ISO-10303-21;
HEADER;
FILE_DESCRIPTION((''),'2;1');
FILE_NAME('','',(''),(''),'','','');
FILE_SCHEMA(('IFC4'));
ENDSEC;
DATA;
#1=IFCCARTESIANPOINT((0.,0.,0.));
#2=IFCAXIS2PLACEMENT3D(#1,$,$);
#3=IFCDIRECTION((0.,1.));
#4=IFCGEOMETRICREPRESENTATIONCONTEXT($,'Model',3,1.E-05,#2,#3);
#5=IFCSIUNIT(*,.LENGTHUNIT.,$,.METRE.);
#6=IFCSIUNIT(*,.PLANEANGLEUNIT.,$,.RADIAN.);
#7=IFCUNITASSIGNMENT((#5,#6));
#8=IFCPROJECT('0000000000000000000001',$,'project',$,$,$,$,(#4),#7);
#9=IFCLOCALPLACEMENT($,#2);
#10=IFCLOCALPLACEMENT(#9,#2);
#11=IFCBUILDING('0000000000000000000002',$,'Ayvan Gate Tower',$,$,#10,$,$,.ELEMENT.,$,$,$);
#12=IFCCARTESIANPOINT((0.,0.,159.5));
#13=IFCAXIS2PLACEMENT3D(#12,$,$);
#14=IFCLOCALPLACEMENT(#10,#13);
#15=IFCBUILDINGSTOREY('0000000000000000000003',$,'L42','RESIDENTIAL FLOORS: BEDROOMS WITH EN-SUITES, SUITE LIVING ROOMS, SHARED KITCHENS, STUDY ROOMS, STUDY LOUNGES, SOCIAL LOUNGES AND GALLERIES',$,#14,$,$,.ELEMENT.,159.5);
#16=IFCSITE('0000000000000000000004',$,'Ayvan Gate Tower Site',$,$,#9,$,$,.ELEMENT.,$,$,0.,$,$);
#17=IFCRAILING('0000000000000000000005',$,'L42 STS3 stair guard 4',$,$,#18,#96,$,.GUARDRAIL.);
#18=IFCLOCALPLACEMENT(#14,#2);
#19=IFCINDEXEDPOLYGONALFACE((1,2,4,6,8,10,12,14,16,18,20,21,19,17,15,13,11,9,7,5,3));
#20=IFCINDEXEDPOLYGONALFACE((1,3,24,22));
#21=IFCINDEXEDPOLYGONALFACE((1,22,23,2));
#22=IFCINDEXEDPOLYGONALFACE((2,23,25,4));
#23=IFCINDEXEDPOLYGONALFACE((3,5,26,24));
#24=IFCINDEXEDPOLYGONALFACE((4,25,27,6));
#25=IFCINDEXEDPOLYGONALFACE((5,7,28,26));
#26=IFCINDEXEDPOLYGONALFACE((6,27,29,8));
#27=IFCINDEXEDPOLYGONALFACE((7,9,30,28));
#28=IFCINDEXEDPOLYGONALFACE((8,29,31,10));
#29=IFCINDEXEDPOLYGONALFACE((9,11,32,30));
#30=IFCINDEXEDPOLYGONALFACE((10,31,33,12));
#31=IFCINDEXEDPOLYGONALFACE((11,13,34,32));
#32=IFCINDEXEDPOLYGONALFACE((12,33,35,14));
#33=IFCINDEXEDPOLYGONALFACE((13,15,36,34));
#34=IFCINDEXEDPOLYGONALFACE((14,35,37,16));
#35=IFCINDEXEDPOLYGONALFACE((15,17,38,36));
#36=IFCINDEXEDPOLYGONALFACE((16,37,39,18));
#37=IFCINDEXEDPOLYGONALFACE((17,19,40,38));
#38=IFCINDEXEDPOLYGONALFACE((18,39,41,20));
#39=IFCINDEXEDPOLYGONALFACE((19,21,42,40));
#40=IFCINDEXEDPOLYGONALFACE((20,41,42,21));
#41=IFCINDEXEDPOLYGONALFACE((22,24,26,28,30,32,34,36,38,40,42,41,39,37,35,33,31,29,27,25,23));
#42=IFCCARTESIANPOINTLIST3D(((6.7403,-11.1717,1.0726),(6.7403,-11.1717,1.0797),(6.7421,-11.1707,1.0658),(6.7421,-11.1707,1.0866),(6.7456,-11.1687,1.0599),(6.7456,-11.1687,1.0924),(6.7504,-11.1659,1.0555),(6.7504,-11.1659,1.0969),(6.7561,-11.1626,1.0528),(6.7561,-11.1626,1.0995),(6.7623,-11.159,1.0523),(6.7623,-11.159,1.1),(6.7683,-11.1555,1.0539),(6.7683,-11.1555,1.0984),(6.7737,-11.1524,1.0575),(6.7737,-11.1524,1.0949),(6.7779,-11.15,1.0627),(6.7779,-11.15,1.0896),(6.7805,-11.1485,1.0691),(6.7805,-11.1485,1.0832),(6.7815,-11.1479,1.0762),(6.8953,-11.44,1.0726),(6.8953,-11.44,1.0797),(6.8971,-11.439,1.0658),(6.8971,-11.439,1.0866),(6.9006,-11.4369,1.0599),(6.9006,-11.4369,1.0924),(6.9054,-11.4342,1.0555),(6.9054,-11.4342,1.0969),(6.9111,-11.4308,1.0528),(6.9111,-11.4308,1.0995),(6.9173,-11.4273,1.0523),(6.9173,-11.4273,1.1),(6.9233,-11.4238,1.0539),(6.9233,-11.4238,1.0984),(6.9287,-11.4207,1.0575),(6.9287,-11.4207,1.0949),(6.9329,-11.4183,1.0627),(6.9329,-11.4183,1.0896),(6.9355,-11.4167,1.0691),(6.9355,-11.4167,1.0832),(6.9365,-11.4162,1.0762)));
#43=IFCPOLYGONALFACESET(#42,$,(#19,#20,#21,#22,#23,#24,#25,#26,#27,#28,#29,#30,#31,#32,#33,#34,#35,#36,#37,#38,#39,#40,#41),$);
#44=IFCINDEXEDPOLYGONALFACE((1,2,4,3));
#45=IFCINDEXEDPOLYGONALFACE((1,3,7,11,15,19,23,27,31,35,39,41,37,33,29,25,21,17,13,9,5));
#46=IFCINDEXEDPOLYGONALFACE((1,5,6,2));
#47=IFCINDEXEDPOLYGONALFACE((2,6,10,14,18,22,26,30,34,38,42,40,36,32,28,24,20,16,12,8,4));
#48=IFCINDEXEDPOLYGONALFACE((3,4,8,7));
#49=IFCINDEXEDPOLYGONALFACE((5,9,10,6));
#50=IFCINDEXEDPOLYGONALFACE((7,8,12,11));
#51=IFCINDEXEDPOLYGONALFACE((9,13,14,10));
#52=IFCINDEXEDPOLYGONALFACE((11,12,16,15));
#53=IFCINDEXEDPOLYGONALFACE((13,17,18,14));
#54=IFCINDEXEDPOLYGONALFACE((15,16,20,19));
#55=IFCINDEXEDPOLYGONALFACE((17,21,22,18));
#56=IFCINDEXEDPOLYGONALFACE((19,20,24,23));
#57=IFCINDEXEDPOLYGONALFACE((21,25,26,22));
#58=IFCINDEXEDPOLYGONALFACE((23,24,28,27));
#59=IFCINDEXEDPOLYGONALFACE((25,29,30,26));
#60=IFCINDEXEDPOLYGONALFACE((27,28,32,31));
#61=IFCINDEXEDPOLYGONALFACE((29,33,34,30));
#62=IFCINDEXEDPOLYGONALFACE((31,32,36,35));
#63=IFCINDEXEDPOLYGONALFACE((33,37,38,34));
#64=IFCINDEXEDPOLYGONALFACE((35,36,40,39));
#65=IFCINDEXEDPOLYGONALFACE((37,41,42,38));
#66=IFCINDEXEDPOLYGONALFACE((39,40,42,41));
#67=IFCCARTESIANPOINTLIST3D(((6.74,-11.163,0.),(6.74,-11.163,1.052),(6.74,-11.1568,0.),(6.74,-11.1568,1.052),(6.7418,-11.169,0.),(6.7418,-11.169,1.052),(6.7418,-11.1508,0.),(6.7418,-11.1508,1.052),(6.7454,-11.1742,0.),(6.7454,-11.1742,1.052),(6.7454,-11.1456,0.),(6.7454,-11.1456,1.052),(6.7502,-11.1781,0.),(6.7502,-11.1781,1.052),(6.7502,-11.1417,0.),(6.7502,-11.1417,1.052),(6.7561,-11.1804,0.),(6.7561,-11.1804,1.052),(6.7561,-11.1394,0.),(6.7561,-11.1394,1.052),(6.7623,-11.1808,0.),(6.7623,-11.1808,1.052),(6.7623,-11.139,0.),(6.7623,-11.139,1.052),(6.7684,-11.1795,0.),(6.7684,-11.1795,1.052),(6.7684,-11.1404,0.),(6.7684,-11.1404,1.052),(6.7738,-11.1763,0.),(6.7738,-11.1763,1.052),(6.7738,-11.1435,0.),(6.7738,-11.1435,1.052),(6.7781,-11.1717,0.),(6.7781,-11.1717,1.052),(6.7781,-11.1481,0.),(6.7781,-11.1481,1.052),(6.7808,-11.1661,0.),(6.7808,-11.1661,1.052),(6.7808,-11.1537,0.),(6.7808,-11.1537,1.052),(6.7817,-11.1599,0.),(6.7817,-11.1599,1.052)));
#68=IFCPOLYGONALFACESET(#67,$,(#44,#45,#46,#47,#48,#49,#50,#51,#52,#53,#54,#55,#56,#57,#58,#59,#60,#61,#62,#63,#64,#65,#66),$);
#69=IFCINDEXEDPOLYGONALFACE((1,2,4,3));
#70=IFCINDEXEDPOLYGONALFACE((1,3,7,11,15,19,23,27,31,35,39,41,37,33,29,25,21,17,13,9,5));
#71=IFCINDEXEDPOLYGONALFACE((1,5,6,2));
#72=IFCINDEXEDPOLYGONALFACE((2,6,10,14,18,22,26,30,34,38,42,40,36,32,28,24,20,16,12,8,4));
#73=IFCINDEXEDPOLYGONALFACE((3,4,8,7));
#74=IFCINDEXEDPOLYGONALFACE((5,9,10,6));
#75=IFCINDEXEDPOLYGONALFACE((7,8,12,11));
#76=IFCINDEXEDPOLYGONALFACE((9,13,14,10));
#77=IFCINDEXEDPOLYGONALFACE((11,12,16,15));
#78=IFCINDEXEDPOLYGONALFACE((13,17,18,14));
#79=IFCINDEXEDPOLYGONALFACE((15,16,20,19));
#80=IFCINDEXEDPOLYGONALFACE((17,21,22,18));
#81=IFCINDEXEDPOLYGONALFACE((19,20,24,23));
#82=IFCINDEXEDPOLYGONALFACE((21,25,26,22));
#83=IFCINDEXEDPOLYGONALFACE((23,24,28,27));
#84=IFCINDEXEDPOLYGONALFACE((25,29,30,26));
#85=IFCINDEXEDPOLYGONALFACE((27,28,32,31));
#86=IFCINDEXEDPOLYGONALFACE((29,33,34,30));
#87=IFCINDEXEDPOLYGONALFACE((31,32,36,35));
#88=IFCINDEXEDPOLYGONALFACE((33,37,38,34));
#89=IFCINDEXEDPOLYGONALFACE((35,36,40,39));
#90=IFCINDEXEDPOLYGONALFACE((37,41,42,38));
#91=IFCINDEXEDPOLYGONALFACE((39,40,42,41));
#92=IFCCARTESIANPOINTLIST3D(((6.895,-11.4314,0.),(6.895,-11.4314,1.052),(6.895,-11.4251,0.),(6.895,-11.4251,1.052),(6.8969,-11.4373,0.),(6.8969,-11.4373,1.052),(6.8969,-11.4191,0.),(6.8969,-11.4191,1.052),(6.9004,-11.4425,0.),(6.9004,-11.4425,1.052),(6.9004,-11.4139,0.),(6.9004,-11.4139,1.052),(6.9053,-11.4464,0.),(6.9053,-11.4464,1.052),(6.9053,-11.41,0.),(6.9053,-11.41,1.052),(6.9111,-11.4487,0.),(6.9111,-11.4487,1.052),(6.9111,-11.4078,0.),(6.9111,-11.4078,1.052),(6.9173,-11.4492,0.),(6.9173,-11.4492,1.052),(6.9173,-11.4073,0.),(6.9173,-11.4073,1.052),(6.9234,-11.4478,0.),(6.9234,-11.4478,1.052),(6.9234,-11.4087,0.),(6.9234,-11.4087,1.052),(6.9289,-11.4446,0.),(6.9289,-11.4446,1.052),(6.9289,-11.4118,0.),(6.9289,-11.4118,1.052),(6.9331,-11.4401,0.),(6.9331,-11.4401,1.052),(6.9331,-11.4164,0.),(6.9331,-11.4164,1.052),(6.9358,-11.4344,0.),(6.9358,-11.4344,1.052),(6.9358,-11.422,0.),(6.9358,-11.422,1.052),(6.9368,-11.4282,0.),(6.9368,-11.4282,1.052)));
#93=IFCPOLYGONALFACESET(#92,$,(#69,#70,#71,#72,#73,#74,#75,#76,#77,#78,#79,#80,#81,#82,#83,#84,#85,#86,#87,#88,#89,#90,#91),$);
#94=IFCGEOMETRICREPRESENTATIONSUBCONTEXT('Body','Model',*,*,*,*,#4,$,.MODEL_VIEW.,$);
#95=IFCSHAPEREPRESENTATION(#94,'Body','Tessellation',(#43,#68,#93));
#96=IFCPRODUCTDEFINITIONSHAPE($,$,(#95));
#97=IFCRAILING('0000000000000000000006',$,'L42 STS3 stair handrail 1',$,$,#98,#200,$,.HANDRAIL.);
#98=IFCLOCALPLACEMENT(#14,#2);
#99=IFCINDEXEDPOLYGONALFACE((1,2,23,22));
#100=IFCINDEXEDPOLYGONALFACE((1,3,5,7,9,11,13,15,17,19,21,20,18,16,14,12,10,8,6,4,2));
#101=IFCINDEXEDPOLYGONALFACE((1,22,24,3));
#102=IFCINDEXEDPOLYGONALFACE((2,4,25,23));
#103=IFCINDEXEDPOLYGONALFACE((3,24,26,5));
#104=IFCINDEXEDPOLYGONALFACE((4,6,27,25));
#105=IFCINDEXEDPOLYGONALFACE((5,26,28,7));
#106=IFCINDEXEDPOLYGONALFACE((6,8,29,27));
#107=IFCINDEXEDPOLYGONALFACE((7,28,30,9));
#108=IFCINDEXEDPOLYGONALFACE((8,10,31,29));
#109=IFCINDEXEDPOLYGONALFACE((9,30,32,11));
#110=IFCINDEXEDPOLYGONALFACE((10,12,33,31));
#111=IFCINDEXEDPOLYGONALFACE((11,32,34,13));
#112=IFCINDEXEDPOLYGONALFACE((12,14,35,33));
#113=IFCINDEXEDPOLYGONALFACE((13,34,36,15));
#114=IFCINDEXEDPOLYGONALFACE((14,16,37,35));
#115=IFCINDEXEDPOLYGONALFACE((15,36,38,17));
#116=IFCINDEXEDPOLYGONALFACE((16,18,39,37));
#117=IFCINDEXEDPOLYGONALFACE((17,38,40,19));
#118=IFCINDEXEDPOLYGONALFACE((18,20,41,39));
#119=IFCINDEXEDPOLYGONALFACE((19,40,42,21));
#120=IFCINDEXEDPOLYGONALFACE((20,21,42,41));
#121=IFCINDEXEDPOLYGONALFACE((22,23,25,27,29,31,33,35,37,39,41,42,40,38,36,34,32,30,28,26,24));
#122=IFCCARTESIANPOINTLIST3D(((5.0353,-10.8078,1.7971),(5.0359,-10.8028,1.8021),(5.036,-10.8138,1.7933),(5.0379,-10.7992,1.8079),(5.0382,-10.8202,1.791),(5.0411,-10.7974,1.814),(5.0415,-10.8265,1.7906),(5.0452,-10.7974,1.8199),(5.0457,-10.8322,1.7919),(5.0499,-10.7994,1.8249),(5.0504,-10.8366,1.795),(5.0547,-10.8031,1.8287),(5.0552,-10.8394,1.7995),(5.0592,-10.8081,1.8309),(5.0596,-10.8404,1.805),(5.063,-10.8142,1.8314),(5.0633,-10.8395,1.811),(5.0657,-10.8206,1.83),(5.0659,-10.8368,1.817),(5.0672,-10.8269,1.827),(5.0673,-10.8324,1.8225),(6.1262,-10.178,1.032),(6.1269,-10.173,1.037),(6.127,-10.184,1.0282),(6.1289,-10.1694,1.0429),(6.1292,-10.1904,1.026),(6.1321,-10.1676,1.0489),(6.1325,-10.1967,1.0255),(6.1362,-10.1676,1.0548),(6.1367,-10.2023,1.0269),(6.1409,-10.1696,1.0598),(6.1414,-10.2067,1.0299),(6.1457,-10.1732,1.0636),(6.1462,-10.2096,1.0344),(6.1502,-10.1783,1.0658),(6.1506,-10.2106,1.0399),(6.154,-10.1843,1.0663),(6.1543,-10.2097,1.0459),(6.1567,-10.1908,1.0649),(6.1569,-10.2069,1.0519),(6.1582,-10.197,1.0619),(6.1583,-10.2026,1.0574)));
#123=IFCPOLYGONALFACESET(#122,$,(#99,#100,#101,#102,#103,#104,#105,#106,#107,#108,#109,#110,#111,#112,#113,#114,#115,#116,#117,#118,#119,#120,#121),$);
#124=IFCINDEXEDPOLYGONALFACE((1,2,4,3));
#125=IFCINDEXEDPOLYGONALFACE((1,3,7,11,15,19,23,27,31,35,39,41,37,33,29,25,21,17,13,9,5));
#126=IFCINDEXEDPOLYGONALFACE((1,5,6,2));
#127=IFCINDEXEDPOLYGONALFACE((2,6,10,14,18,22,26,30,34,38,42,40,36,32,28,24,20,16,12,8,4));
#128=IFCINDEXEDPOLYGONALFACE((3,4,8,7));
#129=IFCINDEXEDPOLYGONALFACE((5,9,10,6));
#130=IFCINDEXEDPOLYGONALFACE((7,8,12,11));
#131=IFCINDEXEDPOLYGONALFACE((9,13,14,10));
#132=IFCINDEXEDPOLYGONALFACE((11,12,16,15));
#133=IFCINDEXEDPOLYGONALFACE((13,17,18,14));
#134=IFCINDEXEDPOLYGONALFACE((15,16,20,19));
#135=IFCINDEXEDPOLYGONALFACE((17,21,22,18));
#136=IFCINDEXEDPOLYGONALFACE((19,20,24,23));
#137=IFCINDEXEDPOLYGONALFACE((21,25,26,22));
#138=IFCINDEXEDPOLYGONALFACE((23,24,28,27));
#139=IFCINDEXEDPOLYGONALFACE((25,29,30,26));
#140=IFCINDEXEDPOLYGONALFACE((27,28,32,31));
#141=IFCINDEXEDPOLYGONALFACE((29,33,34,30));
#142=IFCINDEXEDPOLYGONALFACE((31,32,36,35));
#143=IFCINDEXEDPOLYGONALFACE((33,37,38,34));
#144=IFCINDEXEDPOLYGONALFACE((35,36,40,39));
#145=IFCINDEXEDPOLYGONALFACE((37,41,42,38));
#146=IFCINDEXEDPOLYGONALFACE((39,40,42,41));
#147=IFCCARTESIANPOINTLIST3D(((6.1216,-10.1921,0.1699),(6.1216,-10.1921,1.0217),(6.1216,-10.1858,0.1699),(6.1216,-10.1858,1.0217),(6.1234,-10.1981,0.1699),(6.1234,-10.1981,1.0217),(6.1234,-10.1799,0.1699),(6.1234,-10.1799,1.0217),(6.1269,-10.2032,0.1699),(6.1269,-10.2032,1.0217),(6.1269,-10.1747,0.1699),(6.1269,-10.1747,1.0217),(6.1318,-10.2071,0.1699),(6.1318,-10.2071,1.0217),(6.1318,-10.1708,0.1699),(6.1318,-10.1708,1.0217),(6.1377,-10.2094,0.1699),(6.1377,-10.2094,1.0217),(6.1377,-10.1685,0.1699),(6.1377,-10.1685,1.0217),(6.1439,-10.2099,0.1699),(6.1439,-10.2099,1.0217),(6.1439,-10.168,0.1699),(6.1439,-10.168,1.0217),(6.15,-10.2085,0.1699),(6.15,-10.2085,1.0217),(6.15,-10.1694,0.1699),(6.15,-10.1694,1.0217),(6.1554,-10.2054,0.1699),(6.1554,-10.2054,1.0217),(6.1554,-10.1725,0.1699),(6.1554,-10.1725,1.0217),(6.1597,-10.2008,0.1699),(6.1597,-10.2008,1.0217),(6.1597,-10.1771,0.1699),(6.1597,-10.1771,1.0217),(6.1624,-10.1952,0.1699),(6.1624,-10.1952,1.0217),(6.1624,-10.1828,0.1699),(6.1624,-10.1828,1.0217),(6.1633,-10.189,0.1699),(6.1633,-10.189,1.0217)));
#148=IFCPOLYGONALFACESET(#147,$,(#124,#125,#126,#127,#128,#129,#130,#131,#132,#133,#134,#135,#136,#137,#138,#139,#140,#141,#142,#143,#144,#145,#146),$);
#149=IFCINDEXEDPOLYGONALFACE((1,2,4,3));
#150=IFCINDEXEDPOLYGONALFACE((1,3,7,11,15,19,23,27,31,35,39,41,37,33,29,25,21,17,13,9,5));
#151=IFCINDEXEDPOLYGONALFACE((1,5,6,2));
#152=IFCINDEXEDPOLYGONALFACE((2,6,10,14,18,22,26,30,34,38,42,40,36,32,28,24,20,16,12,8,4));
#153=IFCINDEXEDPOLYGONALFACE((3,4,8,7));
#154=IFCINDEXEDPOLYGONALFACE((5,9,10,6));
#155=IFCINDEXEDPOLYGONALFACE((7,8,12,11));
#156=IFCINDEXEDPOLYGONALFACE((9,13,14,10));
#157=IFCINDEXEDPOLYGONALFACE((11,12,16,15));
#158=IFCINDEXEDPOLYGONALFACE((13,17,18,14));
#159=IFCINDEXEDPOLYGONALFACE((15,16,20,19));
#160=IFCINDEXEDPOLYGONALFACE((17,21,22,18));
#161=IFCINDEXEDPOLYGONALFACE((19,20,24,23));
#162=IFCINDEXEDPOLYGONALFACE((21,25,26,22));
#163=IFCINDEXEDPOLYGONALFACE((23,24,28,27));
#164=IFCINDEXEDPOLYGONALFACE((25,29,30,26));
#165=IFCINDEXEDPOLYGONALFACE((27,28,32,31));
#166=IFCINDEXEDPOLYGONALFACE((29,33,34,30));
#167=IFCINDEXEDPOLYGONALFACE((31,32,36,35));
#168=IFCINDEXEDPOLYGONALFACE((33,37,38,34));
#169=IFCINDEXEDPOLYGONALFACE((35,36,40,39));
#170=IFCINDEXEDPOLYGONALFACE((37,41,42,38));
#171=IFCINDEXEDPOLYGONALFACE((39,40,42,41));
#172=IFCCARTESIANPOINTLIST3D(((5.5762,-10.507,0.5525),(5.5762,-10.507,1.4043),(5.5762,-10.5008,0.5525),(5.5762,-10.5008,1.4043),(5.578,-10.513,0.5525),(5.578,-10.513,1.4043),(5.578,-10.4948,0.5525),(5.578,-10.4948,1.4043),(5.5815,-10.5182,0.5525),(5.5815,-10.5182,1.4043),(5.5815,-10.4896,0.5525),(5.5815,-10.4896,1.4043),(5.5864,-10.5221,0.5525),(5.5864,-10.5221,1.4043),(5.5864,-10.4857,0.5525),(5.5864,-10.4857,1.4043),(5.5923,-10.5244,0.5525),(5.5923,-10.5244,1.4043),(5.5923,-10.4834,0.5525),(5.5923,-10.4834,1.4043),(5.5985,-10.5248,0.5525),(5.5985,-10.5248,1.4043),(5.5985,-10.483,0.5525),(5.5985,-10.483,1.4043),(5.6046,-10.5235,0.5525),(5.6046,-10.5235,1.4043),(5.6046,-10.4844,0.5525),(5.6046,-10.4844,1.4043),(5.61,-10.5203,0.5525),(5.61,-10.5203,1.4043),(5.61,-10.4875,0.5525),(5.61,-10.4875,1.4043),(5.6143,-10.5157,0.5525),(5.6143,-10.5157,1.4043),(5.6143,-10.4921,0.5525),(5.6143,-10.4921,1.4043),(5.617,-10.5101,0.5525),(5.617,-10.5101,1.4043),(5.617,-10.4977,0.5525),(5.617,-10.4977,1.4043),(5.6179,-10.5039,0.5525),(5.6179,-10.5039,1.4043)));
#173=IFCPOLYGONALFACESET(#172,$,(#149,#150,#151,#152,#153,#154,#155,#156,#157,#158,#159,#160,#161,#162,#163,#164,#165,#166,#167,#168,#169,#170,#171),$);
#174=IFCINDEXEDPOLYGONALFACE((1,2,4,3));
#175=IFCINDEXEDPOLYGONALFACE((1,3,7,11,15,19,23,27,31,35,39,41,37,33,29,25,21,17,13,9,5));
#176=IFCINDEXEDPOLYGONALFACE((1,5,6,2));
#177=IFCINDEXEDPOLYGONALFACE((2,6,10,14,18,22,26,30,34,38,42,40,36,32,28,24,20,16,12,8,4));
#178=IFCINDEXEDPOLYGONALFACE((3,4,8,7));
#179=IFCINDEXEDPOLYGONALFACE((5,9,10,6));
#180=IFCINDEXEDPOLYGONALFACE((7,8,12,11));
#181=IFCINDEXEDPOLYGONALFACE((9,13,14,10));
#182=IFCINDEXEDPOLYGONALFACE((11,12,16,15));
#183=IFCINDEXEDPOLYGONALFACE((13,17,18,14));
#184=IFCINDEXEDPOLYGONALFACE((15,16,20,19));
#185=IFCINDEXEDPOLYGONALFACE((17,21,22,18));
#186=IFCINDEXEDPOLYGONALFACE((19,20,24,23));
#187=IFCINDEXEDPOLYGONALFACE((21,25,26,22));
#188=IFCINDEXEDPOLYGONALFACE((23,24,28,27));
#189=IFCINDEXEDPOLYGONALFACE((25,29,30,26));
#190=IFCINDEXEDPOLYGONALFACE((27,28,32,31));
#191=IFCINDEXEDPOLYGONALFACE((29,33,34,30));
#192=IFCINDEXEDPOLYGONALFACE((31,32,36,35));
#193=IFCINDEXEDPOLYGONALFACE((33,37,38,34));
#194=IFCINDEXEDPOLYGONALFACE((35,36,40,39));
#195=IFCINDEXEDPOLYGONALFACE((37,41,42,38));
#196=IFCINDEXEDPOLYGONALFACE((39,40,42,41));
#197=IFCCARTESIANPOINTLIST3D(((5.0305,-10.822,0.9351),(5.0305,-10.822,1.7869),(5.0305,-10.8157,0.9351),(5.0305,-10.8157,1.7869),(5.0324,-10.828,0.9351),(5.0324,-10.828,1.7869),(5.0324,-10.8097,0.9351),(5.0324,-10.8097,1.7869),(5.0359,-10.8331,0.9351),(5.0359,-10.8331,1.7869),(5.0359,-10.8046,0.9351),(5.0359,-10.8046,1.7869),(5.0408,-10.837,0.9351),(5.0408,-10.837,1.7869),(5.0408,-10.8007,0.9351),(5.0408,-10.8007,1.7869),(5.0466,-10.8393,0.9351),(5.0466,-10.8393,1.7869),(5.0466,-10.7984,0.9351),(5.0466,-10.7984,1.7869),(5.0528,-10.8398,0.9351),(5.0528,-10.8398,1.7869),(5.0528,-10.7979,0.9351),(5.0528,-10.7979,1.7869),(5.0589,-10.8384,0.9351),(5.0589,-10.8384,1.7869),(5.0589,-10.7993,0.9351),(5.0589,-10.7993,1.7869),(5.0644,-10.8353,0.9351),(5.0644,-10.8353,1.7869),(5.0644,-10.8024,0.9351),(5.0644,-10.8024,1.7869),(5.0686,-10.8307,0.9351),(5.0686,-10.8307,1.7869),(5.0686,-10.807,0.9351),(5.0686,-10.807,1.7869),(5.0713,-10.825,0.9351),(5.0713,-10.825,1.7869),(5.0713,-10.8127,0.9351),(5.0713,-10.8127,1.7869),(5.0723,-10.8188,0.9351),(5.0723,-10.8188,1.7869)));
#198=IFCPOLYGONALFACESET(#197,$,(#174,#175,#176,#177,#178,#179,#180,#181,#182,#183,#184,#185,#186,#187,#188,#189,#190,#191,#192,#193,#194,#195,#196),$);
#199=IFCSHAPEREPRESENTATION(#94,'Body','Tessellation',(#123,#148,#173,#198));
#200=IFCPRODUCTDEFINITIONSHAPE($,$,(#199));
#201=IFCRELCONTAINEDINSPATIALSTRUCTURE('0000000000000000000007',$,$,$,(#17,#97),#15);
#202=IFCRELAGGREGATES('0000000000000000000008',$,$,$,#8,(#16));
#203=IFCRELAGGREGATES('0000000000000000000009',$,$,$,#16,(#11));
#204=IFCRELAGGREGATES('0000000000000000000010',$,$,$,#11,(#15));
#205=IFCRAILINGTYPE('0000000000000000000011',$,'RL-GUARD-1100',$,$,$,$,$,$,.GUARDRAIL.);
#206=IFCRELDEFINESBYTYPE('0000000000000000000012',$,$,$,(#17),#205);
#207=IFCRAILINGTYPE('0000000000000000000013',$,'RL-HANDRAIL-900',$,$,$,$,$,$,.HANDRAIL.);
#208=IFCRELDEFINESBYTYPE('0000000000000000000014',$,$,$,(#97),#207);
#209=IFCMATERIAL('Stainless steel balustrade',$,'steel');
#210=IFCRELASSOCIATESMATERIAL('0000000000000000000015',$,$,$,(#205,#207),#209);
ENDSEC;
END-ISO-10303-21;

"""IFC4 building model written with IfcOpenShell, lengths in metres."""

from ifc_helpers import new_model, si_unit, direction, frame, origin, origin_2d, place, context, subcontext, project, spatial, circle, extrude, material, type_object, element, save


model = new_model("IFC4")

# Units and contexts
model_context = context("Model", 3, precision=1e-05, world=origin(), true_north=direction((0.0, 1.0)))
body_context = subcontext(model_context, "Body", "Model", "MODEL_VIEW")
ifc_project = project(units=[si_unit("LENGTHUNIT", "METRE"), si_unit("PLANEANGLEUNIT", "RADIAN")], contexts=[model_context])

# Site, building, storey
site_placement = place(None, origin())
site = spatial("IfcSite", under=ifc_project, at=site_placement, Name="Ayvan Gate Tower Site", CompositionType="ELEMENT", RefElevation=0.0)
building_placement = place(site_placement, origin())
building = spatial("IfcBuilding", under=site, at=building_placement, Name="Ayvan Gate Tower", CompositionType="ELEMENT")
storey_placement = place(building_placement, frame((0.0, 0.0, 159.5)))
storey = spatial("IfcBuildingStorey", under=building, at=storey_placement, Name="L42", Description="RESIDENTIAL FLOORS: BEDROOMS WITH EN-SUITES, SUITE LIVING ROOMS, SHARED KITCHENS, STUDY ROOMS, STUDY LOUNGES, SOCIAL LOUNGES AND GALLERIES", CompositionType="ELEMENT", Elevation=159.5)

# Railings
ifc_material_1 = material(Name="Stainless steel balustrade", Category="steel")
railing_type_1 = type_object("IfcRailingType", Name="RL-GUARD-1100", PredefinedType="GUARDRAIL", material=ifc_material_1)
railing_1_placement = place(storey_placement, frame((6.7607, -11.1599, 0.0)))
element("IfcRailing", 1, at=railing_1_placement, inside=storey, type_object=railing_type_1, Name="L42 STS3 stair guard 4", PredefinedType="GUARDRAIL", context=body_context, shape_type="SweptSolid", body=[
    extrude(circle(Radius=0.0239, at=origin_2d()), frame((0.0, 0.0, 1.0762), z_axis=(0.500291, -0.865857, 0.0), x_axis=(0.865857, 0.500291, 0.0)), (0.0, 0.0, 1.0), 0.3098),
    extrude(circle(Radius=0.021, at=origin_2d()), origin(), (0.0, 0.0, 1.0), 1.052),
    extrude(circle(Radius=0.021, at=origin_2d()), frame((0.155, -0.2683, 0.0)), (0.0, 0.0, 1.0), 1.052),
])
railing_type_2 = type_object("IfcRailingType", Name="RL-HANDRAIL-900", PredefinedType="HANDRAIL", material=ifc_material_1)
railing_2_placement = place(storey_placement, frame((6.1423, -10.189, 0.1699)))
element("IfcRailing", 2, at=railing_2_placement, inside=storey, type_object=railing_type_2, Name="L42 STS3 stair handrail 1", PredefinedType="HANDRAIL", context=body_context, shape_type="SweptSolid", body=[
    extrude(circle(Radius=0.0239, at=origin_2d()), frame((0.0, 0.0, 0.876), z_axis=(-0.740218, -0.427336, 0.519097), x_axis=(0.499974, -0.86604, 0.0)), (0.0, 0.0, 1.0), 1.4739),
    extrude(circle(Radius=0.021, at=origin_2d()), origin(), (0.0, 0.0, 1.0), 0.8518),
    extrude(circle(Radius=0.021, at=origin_2d()), frame((-0.5454, -0.3149, 0.3826)), (0.0, 0.0, 1.0), 0.8518),
    extrude(circle(Radius=0.021, at=origin_2d()), frame((-1.0911, -0.6299, 0.7651)), (0.0, 0.0, 1.0), 0.8518),
])

save(model, "model.ifc")
